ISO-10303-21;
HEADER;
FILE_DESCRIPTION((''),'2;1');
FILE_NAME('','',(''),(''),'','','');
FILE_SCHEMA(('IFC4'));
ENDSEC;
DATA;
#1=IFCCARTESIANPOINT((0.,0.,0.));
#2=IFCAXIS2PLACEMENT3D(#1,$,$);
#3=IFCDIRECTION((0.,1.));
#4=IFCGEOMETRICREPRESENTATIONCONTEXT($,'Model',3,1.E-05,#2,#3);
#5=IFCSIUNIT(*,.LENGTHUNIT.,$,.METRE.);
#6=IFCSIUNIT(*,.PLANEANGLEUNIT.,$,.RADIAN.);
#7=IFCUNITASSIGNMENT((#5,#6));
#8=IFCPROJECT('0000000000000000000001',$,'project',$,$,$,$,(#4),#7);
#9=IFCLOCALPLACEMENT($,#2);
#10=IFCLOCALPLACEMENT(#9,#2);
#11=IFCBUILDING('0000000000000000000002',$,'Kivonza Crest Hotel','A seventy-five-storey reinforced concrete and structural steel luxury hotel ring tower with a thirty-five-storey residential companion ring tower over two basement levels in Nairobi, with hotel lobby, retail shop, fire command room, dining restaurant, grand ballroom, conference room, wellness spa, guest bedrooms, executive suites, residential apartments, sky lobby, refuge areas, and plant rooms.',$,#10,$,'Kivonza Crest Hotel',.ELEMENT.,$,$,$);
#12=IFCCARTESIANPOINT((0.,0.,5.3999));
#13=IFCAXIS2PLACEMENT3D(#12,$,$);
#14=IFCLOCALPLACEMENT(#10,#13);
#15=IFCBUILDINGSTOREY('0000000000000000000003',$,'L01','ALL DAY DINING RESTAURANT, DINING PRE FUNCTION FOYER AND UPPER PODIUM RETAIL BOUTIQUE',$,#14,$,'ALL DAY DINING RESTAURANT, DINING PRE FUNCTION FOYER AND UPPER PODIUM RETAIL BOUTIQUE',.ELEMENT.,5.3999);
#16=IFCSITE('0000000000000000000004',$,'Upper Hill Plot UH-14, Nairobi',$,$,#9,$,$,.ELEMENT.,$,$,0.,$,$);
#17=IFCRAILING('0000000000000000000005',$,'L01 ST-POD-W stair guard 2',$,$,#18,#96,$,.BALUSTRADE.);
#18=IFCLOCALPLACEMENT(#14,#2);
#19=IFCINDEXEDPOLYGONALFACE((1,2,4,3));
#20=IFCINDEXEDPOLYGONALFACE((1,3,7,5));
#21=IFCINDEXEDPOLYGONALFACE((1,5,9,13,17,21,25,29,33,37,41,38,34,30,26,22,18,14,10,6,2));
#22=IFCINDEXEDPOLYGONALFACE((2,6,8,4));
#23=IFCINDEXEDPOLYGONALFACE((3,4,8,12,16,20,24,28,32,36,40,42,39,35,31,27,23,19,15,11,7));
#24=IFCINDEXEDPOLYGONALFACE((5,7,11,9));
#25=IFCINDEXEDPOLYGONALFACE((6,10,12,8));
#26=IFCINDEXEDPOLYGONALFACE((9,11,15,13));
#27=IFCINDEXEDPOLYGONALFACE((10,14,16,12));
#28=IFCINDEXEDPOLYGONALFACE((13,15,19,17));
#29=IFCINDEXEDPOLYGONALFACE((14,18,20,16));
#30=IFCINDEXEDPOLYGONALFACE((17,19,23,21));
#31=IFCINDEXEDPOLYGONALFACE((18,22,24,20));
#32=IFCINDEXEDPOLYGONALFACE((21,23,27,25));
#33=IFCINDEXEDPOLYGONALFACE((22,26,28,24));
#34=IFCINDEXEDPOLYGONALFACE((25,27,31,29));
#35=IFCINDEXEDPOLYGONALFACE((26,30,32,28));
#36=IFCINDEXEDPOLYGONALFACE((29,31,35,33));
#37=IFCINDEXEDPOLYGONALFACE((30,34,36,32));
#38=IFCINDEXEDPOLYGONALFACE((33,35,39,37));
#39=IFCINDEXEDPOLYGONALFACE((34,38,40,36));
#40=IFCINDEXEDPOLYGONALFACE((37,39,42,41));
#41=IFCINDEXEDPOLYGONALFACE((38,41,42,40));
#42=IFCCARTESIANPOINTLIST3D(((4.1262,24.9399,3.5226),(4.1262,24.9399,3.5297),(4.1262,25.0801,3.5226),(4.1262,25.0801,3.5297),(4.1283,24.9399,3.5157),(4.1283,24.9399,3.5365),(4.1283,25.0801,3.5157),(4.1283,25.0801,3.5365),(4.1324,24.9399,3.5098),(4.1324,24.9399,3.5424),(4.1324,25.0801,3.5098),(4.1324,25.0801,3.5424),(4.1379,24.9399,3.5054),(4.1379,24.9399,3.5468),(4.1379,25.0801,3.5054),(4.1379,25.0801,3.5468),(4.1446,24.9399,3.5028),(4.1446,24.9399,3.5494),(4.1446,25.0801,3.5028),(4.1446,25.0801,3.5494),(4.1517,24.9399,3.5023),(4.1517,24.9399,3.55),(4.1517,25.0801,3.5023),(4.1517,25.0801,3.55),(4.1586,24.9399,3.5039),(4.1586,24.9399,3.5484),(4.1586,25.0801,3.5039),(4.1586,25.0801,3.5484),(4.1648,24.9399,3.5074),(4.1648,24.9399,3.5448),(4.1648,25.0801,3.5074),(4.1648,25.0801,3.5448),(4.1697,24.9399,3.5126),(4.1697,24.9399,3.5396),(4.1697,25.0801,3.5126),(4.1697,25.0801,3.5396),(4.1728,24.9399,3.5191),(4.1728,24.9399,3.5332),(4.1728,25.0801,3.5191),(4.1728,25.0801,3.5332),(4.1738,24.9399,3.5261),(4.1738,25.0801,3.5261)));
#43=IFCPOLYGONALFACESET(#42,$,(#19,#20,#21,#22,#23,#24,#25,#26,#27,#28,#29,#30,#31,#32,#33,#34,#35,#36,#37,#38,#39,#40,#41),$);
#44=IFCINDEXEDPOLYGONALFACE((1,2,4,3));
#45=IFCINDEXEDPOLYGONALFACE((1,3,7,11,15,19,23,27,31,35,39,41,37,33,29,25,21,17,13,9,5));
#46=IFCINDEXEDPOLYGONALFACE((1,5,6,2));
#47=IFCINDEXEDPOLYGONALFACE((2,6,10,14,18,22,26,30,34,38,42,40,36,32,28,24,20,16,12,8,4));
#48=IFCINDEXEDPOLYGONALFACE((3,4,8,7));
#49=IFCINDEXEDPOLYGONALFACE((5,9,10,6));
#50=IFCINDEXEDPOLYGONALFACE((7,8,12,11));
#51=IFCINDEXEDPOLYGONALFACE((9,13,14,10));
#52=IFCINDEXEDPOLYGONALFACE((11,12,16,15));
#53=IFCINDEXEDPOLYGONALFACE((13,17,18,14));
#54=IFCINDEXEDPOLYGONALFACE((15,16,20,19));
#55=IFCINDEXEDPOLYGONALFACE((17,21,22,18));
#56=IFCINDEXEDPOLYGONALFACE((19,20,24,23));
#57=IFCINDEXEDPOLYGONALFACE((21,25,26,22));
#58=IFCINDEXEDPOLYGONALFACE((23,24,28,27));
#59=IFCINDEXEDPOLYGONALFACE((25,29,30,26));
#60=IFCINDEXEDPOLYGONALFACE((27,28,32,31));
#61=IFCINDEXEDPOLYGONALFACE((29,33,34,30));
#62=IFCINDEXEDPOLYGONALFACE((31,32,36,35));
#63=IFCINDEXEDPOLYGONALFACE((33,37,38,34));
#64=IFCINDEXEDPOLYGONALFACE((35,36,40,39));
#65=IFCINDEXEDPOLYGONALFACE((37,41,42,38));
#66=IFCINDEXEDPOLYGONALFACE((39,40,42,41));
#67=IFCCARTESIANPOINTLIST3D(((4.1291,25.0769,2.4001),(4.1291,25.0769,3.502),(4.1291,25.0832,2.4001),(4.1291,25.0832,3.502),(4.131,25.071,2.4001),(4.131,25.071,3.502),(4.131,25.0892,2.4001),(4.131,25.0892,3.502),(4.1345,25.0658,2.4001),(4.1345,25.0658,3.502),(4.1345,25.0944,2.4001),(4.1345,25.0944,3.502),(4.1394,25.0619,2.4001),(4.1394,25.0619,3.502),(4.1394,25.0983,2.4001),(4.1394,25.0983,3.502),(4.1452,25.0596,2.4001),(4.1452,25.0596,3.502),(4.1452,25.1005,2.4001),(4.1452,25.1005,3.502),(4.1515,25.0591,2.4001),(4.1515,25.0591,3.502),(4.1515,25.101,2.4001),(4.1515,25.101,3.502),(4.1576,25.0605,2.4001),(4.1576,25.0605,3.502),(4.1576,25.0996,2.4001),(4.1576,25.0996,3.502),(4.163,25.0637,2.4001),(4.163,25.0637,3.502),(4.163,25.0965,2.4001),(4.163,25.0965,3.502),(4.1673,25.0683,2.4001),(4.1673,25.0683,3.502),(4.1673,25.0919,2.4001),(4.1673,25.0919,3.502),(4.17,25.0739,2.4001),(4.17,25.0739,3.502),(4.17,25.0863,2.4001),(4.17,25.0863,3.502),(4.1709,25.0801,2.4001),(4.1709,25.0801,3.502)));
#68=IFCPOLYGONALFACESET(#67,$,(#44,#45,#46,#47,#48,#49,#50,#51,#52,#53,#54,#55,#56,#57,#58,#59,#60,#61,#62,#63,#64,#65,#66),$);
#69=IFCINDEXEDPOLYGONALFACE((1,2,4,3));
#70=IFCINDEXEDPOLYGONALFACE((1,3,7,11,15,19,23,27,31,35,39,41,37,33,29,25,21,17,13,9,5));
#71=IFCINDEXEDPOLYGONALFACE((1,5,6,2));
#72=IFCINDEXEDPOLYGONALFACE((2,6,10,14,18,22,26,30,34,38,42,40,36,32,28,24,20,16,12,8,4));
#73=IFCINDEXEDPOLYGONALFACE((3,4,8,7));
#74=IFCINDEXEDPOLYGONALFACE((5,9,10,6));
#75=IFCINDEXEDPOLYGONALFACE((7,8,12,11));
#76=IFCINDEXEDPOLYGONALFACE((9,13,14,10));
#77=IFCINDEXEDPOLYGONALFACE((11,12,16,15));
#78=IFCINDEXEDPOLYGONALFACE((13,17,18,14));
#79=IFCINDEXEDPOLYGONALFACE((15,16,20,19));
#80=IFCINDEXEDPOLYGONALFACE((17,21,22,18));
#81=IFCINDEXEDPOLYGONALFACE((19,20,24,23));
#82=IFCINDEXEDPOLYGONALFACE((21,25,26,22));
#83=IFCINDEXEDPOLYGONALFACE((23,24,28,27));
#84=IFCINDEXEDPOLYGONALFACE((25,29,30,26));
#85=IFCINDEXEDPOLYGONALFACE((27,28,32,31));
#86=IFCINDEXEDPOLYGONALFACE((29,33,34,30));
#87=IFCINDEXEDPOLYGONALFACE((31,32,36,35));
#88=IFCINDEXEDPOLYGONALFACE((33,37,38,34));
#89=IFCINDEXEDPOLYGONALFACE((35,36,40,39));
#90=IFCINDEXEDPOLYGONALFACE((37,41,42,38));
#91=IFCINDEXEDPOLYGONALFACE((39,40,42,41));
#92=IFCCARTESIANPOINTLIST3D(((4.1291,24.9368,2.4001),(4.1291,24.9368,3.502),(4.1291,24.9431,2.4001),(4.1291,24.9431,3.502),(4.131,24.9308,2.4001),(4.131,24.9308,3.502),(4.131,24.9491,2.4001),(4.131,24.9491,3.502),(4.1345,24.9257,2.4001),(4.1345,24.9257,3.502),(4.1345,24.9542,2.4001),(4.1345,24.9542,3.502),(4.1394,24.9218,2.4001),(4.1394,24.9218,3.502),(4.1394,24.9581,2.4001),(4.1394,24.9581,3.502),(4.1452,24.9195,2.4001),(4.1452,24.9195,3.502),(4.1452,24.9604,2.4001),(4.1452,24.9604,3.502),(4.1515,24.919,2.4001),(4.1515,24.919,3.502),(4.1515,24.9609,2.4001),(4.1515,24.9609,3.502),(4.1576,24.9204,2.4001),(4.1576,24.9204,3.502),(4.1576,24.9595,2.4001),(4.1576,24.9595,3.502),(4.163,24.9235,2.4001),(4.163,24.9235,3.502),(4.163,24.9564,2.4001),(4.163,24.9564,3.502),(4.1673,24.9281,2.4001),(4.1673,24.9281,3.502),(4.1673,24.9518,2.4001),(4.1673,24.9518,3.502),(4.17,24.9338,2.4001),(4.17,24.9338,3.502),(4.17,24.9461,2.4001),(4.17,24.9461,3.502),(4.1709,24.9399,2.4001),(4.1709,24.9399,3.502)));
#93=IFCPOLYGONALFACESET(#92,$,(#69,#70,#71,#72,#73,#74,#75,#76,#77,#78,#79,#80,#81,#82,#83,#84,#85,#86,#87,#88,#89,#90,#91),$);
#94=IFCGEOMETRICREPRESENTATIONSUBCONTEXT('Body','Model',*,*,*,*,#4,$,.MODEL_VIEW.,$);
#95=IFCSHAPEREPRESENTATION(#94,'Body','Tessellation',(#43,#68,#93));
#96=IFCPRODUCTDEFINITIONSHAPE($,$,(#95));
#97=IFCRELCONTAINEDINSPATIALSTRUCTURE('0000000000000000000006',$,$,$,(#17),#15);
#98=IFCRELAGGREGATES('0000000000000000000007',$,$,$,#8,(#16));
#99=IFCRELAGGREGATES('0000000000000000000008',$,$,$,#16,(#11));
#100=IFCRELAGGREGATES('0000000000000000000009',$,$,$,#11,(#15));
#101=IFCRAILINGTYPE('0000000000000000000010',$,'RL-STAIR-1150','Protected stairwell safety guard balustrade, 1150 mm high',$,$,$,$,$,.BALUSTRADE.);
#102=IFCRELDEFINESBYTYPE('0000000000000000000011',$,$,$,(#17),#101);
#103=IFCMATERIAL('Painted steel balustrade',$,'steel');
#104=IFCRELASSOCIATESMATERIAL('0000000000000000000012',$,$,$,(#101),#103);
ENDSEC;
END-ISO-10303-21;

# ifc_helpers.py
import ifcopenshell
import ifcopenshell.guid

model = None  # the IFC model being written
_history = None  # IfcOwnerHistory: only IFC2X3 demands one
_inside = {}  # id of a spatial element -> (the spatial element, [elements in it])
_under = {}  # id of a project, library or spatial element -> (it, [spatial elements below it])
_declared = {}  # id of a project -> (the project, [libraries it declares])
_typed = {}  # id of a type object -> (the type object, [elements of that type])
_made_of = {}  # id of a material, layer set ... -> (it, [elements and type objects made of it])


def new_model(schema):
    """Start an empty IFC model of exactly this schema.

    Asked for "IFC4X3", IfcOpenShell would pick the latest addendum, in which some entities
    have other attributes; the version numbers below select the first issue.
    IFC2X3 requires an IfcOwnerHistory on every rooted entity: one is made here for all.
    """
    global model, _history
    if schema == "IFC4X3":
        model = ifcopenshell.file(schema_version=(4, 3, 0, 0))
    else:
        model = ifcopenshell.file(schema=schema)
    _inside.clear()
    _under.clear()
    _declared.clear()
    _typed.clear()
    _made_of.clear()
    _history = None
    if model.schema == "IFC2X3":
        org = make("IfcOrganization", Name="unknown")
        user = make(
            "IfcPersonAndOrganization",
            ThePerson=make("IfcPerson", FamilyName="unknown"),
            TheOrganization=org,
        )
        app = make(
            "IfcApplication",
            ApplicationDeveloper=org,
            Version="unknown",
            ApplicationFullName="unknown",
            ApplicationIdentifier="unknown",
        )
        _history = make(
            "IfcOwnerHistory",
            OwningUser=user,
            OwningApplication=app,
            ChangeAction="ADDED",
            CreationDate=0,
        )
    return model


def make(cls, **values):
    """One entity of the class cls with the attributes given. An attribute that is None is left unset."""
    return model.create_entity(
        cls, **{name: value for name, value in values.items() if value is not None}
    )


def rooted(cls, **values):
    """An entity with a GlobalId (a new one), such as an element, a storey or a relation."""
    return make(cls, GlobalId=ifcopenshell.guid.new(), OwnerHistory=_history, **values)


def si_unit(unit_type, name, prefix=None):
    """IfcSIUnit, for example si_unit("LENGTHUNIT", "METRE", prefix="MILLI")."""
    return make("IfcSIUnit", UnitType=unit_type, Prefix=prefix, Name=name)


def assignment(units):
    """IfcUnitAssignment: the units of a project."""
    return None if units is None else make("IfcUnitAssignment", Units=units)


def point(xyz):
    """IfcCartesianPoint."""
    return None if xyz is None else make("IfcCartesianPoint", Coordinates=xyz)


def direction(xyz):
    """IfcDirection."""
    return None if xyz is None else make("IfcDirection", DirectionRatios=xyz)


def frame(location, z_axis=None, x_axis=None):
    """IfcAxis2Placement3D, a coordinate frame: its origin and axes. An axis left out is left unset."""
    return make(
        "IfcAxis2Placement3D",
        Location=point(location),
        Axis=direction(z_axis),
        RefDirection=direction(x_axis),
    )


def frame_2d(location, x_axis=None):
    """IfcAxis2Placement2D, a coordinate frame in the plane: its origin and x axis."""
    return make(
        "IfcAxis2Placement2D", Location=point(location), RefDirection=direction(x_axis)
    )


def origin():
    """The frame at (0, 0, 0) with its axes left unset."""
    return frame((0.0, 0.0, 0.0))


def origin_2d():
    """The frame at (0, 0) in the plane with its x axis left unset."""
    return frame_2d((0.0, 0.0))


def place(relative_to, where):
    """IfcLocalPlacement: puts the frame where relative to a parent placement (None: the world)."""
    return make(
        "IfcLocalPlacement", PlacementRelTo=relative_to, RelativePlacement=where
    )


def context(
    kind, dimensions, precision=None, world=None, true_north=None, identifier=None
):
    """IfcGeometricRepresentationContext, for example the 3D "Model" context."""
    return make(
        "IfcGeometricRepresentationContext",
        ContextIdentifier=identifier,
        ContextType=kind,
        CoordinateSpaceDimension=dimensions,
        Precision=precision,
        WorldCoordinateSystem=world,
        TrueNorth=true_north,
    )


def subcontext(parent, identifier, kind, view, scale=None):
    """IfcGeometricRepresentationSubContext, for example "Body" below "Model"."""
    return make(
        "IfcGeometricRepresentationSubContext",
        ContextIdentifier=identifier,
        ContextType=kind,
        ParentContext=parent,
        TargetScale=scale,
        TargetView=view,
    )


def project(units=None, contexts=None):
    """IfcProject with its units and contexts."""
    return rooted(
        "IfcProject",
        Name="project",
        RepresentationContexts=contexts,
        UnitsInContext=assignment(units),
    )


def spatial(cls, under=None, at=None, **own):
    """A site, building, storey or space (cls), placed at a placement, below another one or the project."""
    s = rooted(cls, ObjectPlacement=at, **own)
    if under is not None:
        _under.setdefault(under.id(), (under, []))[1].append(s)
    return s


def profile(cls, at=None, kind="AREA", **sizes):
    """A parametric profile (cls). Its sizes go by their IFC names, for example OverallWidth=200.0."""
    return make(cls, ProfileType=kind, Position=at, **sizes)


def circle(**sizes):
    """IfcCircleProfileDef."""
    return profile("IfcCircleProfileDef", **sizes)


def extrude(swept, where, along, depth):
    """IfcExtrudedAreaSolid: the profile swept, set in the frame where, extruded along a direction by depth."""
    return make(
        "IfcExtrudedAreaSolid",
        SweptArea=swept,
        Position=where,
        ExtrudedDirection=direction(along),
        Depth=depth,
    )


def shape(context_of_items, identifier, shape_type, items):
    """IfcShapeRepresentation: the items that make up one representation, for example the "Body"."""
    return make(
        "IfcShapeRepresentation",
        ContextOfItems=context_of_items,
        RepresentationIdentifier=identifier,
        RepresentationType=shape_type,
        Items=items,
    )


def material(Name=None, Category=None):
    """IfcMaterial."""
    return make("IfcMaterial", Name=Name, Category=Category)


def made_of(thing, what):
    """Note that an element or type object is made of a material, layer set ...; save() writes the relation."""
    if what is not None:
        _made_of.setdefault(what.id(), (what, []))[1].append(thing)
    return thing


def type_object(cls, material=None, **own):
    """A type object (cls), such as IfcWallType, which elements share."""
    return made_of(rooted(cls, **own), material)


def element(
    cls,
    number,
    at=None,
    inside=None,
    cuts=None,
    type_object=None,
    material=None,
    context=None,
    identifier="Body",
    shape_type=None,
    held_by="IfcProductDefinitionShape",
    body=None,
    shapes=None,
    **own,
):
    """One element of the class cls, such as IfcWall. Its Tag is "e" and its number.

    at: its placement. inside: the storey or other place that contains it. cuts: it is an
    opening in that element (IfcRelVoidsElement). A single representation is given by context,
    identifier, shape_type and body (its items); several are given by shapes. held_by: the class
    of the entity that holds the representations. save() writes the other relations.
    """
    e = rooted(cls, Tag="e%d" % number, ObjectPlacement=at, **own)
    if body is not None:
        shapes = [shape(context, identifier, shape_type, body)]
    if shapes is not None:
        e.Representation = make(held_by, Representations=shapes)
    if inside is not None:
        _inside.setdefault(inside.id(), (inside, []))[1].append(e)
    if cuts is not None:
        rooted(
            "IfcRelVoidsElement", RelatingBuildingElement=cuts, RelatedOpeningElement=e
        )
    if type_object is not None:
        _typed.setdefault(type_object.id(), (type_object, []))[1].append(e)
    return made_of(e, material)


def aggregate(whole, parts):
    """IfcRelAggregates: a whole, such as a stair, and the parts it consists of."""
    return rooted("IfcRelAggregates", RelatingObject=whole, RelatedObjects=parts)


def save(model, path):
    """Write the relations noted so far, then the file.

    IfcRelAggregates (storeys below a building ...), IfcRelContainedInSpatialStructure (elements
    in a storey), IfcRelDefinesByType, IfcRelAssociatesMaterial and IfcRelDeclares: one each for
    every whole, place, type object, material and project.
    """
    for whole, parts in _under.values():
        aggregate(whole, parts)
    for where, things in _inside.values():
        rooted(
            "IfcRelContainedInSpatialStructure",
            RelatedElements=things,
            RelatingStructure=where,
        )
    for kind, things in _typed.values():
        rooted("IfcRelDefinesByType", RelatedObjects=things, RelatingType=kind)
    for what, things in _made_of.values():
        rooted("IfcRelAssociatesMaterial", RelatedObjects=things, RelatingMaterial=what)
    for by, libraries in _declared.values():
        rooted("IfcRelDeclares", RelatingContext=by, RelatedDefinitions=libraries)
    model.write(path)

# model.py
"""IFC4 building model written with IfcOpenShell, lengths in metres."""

from ifc_helpers import new_model, si_unit, direction, frame, origin, origin_2d, place, context, subcontext, project, spatial, circle, extrude, material, type_object, element, save


model = new_model("IFC4")

# Units and contexts
model_context = context("Model", 3, precision=1e-05, world=origin(), true_north=direction((0.0, 1.0)))
body_context = subcontext(model_context, "Body", "Model", "MODEL_VIEW")
ifc_project = project(units=[si_unit("LENGTHUNIT", "METRE"), si_unit("PLANEANGLEUNIT", "RADIAN")], contexts=[model_context])

# Site, building, storey
site_placement = place(None, origin())
site = spatial("IfcSite", under=ifc_project, at=site_placement, Name="Upper Hill Plot UH-14, Nairobi", CompositionType="ELEMENT", RefElevation=0.0)
building_placement = place(site_placement, origin())
building = spatial("IfcBuilding", under=site, at=building_placement, Name="Kivonza Crest Hotel", Description="A seventy-five-storey reinforced concrete and structural steel luxury hotel ring tower with a thirty-five-storey residential companion ring tower over two basement levels in Nairobi, with hotel lobby, retail shop, fire command room, dining restaurant, grand ballroom, conference room, wellness spa, guest bedrooms, executive suites, residential apartments, sky lobby, refuge areas, and plant rooms.", LongName="Kivonza Crest Hotel", CompositionType="ELEMENT")
storey_placement = place(building_placement, frame((0.0, 0.0, 5.3999)))
storey = spatial("IfcBuildingStorey", under=building, at=storey_placement, Name="L01", Description="ALL DAY DINING RESTAURANT, DINING PRE FUNCTION FOYER AND UPPER PODIUM RETAIL BOUTIQUE", LongName="ALL DAY DINING RESTAURANT, DINING PRE FUNCTION FOYER AND UPPER PODIUM RETAIL BOUTIQUE", CompositionType="ELEMENT", Elevation=5.3999)

# Railing
ifc_material_1 = material(Name="Painted steel balustrade", Category="steel")
railing_type_1 = type_object("IfcRailingType", Name="RL-STAIR-1150", Description="Protected stairwell safety guard balustrade, 1150 mm high", PredefinedType="BALUSTRADE", material=ifc_material_1)
railing_1_placement = place(storey_placement, frame((4.1499, 25.0801, 2.4001)))
element("IfcRailing", 1, at=railing_1_placement, inside=storey, type_object=railing_type_1, Name="L01 ST-POD-W stair guard 2", PredefinedType="BALUSTRADE", context=body_context, shape_type="SweptSolid", body=[
    extrude(circle(Radius=0.0239, at=origin_2d()), frame((0.0, 0.0, 1.126), z_axis=(0.0, -1.0, 0.0), x_axis=(1.0, 0.0, 0.0)), (0.0, 0.0, 1.0), 0.1401),
    extrude(circle(Radius=0.021, at=origin_2d()), origin(), (0.0, 0.0, 1.0), 1.1018),
    extrude(circle(Radius=0.021, at=origin_2d()), frame((0.0, -0.1401, 0.0)), (0.0, 0.0, 1.0), 1.1018),
])

save(model, "model.ifc")
